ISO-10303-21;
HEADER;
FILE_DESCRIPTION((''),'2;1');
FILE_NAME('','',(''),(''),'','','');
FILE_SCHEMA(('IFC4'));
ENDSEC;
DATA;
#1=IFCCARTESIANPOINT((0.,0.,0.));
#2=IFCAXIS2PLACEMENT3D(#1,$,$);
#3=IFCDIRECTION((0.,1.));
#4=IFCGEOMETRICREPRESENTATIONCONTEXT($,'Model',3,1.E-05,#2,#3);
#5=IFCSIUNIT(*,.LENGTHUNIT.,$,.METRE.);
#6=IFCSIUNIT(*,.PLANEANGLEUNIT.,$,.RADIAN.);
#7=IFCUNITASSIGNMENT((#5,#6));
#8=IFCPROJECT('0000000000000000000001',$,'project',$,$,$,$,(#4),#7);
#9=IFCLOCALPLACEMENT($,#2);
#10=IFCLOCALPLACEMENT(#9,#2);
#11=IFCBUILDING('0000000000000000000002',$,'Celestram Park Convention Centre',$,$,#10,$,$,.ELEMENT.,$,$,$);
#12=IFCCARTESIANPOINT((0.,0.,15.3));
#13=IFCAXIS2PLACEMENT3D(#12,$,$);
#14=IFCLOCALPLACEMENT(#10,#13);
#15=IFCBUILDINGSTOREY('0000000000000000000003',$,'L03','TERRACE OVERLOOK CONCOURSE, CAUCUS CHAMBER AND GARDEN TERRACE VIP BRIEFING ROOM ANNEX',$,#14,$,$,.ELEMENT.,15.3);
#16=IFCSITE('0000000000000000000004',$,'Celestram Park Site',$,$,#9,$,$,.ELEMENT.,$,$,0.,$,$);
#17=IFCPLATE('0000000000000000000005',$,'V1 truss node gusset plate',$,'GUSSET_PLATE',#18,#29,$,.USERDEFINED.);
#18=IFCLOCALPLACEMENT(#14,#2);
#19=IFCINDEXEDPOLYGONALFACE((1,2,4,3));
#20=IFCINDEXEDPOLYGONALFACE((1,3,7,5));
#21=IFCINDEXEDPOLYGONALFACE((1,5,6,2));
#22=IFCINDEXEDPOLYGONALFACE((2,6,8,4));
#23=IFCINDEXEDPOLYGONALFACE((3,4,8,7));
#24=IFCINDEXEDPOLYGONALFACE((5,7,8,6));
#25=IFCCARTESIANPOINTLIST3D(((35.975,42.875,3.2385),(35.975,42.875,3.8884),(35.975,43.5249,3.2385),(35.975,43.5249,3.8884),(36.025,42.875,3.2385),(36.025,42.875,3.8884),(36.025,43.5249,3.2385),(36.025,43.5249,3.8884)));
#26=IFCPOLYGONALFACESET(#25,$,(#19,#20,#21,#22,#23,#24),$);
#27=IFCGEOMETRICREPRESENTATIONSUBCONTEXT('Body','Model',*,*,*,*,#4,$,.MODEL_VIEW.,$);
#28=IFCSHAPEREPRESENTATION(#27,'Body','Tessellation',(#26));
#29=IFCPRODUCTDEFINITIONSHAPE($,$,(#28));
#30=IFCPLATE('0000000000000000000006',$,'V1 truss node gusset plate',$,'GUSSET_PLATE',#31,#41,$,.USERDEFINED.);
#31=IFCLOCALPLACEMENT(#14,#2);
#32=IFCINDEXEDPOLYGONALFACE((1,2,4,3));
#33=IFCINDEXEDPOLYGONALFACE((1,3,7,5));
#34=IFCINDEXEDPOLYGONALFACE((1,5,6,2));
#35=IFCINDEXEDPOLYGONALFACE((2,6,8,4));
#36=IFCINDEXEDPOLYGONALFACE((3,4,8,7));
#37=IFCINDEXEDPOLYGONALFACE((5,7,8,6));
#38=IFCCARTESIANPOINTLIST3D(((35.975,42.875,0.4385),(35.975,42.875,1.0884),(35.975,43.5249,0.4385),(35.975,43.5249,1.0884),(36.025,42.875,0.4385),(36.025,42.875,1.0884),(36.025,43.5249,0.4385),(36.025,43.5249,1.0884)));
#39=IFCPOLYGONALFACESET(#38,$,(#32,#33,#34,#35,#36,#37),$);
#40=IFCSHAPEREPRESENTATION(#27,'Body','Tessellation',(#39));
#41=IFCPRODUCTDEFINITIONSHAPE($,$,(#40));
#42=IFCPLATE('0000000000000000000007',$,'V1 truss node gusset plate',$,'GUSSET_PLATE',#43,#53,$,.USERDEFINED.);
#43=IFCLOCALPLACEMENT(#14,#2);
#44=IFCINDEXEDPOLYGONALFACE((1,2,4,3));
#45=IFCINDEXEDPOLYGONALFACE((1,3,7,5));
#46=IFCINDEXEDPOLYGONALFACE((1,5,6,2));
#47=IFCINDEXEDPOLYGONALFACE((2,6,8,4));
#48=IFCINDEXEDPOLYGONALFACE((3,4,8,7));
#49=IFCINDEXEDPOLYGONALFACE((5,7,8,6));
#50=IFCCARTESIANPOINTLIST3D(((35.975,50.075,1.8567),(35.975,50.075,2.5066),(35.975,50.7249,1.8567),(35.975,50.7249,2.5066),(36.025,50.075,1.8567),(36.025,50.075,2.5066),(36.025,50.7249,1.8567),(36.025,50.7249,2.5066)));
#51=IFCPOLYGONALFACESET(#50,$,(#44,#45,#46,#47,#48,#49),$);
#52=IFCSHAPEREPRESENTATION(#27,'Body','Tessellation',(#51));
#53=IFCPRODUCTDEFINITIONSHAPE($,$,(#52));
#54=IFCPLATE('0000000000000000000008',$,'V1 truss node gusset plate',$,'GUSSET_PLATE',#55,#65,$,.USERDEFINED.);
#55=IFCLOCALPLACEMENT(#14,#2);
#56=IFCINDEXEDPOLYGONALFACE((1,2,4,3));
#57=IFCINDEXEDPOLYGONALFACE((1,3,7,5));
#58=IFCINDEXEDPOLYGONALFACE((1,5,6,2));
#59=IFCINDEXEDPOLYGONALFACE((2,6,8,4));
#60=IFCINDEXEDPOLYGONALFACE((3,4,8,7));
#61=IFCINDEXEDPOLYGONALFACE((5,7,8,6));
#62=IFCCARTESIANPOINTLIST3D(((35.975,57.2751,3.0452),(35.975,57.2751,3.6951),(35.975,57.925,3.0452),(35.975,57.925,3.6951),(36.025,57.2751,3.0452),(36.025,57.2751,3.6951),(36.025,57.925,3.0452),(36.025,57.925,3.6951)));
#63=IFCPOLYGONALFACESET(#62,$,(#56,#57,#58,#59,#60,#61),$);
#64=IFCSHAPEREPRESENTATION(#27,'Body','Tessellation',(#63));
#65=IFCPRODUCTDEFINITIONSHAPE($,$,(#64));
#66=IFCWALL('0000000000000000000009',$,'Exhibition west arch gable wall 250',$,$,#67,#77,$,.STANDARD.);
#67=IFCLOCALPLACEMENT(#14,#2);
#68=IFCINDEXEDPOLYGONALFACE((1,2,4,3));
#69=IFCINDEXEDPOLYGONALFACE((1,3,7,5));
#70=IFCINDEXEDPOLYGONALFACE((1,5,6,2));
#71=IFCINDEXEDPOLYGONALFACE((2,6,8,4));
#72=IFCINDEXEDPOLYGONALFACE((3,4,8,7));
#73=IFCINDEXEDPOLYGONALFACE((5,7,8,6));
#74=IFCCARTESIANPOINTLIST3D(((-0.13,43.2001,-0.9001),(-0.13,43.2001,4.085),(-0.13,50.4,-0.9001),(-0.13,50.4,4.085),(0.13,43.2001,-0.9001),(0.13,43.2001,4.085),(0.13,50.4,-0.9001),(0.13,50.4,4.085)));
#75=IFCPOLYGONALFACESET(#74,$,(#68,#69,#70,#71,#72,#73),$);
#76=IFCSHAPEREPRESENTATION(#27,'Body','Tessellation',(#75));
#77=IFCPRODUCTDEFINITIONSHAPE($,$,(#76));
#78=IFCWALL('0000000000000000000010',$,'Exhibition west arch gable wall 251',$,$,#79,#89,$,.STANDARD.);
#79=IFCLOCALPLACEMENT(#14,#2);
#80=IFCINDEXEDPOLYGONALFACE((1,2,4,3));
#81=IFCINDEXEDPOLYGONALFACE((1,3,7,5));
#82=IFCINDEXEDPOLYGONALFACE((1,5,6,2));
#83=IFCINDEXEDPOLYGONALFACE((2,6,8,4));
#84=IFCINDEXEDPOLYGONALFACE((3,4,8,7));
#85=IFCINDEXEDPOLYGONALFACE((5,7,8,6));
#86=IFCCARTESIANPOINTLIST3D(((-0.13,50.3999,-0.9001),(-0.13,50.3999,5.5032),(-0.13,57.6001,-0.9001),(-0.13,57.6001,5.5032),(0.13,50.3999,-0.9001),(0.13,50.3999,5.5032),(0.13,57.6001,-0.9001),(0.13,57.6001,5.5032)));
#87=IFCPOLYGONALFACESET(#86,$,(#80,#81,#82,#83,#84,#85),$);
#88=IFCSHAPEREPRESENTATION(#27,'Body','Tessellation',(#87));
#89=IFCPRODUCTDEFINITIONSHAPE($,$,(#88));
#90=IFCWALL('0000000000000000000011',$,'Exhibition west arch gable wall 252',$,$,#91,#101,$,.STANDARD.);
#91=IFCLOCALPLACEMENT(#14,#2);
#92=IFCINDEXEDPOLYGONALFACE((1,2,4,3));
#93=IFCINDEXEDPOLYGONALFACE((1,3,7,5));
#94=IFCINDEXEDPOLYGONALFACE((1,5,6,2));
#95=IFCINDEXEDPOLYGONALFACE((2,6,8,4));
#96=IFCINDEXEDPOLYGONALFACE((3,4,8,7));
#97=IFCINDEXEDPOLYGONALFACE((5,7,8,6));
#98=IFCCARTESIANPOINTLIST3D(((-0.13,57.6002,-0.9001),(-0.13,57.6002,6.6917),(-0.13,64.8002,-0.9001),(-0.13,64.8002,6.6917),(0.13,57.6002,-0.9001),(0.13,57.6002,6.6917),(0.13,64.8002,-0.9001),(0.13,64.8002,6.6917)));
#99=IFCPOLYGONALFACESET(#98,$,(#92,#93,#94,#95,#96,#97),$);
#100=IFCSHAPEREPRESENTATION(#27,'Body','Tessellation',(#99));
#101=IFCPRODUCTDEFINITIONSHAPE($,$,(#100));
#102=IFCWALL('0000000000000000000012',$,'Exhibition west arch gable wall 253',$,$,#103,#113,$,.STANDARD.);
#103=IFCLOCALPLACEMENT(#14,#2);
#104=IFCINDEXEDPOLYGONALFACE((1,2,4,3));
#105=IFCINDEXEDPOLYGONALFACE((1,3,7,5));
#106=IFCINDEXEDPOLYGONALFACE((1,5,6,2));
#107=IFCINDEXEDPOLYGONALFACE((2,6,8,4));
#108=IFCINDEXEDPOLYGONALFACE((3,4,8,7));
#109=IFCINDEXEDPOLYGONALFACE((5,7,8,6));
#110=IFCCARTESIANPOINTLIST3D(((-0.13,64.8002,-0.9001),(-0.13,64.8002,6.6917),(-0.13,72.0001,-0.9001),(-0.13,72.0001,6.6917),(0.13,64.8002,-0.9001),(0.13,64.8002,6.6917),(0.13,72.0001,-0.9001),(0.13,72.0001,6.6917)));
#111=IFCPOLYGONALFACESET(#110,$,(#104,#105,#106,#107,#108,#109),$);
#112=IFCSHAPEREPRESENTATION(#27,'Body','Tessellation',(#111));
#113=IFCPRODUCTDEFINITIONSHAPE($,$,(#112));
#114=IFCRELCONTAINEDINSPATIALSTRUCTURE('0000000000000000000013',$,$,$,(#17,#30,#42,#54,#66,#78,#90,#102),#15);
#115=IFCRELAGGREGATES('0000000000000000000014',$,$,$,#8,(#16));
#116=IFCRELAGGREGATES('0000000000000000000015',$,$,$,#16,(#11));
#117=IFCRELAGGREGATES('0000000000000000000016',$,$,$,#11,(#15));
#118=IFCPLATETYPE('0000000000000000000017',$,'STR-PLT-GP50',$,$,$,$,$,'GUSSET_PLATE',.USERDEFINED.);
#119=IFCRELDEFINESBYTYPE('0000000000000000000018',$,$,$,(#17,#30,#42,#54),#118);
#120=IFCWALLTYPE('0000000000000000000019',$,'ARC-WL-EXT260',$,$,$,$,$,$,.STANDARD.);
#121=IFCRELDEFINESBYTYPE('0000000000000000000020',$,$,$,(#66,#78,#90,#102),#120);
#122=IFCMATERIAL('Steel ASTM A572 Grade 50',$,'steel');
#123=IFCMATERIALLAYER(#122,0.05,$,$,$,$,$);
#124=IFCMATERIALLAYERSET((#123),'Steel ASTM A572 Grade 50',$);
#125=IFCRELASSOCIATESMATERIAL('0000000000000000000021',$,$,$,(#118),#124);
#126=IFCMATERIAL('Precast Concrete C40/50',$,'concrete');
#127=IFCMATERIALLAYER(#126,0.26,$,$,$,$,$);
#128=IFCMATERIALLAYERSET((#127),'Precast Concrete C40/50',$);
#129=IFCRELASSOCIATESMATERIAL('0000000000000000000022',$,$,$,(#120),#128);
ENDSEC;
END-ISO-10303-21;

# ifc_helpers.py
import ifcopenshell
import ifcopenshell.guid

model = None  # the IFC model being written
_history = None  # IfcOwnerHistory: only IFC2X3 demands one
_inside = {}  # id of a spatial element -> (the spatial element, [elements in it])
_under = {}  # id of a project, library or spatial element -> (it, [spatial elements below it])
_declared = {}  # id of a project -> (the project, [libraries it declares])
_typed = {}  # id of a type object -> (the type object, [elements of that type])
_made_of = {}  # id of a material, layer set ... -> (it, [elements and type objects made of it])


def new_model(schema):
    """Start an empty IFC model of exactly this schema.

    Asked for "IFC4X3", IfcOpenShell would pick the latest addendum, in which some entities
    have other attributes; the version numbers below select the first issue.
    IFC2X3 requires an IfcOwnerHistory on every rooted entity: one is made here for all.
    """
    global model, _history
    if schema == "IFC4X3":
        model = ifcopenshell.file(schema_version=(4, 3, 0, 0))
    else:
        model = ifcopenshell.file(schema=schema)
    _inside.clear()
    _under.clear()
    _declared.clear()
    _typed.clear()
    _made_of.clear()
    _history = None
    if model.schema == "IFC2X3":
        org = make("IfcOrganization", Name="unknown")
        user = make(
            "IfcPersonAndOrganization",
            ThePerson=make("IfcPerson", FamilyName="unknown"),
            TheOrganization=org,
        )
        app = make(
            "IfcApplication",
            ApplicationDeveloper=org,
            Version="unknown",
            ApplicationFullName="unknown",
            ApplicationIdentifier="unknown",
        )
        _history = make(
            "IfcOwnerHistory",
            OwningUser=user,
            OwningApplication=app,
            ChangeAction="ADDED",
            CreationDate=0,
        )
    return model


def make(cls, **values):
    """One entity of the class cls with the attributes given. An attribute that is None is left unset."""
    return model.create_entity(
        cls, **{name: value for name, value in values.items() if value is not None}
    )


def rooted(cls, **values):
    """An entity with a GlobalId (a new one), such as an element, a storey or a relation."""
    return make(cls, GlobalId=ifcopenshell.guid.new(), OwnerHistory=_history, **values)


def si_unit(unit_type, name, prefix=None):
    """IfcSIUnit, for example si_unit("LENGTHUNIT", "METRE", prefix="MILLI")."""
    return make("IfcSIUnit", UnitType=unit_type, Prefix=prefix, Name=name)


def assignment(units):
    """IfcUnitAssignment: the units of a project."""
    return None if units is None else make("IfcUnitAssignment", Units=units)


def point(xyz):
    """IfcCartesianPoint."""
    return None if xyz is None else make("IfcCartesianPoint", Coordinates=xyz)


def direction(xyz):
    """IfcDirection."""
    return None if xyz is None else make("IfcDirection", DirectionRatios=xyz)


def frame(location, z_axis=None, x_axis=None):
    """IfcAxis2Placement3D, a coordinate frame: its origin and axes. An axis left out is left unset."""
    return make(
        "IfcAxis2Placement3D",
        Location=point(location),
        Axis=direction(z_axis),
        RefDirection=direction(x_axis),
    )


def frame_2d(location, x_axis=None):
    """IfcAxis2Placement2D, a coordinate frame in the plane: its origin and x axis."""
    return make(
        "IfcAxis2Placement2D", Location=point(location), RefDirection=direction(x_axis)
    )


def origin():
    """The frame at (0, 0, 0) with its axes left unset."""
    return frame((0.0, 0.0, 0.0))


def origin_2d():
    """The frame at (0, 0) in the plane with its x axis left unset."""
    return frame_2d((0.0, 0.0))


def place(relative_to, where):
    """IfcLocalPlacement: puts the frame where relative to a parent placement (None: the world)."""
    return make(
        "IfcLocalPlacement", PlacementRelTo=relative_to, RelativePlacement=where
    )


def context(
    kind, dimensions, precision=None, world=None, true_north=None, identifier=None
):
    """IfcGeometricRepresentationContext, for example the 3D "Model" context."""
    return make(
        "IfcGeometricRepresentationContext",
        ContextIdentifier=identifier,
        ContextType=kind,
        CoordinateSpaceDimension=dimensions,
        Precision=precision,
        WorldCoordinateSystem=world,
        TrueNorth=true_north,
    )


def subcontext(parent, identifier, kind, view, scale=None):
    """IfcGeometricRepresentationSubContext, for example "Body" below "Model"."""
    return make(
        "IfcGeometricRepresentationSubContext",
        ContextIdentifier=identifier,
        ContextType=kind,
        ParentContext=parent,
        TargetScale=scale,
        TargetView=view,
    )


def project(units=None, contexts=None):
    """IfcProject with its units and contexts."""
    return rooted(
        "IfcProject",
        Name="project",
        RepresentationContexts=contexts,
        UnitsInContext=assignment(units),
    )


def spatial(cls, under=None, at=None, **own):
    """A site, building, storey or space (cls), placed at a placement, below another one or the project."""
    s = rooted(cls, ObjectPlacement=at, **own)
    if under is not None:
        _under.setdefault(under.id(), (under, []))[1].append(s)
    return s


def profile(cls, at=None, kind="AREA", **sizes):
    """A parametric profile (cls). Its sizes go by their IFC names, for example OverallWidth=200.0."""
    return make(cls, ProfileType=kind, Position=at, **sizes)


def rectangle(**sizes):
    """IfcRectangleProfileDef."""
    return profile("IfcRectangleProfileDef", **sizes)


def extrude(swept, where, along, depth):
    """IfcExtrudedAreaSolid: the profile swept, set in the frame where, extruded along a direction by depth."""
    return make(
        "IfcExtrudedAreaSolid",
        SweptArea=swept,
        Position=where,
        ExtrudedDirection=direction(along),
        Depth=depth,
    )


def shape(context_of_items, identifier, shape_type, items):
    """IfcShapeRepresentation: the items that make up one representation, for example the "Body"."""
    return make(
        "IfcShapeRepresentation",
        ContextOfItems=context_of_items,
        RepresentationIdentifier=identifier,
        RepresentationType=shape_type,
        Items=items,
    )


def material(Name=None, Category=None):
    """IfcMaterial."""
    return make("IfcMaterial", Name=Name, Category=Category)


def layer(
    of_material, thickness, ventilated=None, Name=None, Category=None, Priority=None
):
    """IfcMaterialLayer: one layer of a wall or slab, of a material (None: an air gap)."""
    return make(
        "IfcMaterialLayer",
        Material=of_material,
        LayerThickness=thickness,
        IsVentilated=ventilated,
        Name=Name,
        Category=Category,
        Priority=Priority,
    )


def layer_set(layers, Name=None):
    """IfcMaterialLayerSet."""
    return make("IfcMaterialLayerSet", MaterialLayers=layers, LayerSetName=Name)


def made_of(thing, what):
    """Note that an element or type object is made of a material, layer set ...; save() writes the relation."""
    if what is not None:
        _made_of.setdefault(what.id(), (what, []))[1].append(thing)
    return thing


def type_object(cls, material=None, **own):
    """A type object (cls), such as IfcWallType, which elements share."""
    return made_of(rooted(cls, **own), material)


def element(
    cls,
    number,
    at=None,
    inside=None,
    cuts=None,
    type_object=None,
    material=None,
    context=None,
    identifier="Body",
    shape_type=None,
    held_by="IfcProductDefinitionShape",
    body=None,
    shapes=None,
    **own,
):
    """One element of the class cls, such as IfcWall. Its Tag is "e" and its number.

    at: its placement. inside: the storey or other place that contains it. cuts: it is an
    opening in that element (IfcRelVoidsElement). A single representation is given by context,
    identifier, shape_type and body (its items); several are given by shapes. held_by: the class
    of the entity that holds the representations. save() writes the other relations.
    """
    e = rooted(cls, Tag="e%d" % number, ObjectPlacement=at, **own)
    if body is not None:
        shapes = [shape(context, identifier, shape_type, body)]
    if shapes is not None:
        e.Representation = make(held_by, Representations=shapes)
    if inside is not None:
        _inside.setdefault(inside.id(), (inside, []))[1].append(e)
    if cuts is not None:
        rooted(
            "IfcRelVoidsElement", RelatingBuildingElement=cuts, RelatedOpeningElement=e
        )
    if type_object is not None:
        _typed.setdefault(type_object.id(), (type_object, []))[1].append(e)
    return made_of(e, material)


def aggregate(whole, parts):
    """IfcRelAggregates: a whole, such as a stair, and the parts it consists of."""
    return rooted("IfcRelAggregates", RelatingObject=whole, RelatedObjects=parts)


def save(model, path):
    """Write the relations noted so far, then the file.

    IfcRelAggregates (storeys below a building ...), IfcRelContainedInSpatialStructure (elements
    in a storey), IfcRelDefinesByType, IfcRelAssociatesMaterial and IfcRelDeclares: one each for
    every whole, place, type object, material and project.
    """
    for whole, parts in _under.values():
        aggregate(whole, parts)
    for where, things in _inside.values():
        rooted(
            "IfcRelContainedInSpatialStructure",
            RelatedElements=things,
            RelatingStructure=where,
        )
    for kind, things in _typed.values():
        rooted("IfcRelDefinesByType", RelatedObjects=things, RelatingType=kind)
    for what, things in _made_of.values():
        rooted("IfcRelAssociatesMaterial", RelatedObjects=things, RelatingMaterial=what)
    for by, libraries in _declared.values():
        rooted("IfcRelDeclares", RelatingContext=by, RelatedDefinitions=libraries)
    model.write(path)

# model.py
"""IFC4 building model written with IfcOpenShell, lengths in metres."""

from ifc_helpers import new_model, si_unit, direction, frame, frame_2d, origin, origin_2d, place, context, subcontext, project, spatial, rectangle, extrude, material, layer, layer_set, type_object, element, save


model = new_model("IFC4")

# Units and contexts
model_context = context("Model", 3, precision=1e-05, world=origin(), true_north=direction((0.0, 1.0)))
body_context = subcontext(model_context, "Body", "Model", "MODEL_VIEW")
ifc_project = project(units=[si_unit("LENGTHUNIT", "METRE"), si_unit("PLANEANGLEUNIT", "RADIAN")], contexts=[model_context])

# Site, building, storey
site_placement = place(None, origin())
site = spatial("IfcSite", under=ifc_project, at=site_placement, Name="Celestram Park Site", CompositionType="ELEMENT", RefElevation=0.0)
building_placement = place(site_placement, origin())
building = spatial("IfcBuilding", under=site, at=building_placement, Name="Celestram Park Convention Centre", CompositionType="ELEMENT")
storey_placement = place(building_placement, frame((0.0, 0.0, 15.3)))
storey = spatial("IfcBuildingStorey", under=building, at=storey_placement, Name="L03", Description="TERRACE OVERLOOK CONCOURSE, CAUCUS CHAMBER AND GARDEN TERRACE VIP BRIEFING ROOM ANNEX", CompositionType="ELEMENT", Elevation=15.3)

# Plates
ifc_material_1 = material(Name="Steel ASTM A572 Grade 50", Category="steel")
ifc_layer_1 = layer(ifc_material_1, 0.05)
ifc_layer_set_1 = layer_set([ifc_layer_1], Name="Steel ASTM A572 Grade 50")
plate_type = type_object("IfcPlateType", Name="STR-PLT-GP50", ElementType="GUSSET_PLATE", PredefinedType="USERDEFINED", material=ifc_layer_set_1)
for number, where, z_axis, x_axis, name in (
    (1, (36.0, 43.2, 3.2385), (0.0, 0.0, 1.0), (0.0, 1.0, 0.0), "V1 truss node gusset plate"),
    (2, (36.0, 43.2, 0.4385), (0.0, 0.0, 1.0), (0.0, 1.0, 0.0), "V1 truss node gusset plate"),
    (3, (36.0, 50.3999, 1.8567), (0.0, 0.0, 1.0), (0.0, 1.0, 0.0), "V1 truss node gusset plate"),
    (4, (36.0, 57.6001, 3.0452), (0.0, 0.0, 1.0), (0.0, 1.0, 0.0), "V1 truss node gusset plate"),
):
    element("IfcPlate", number, at=place(storey_placement, frame(where, z_axis=z_axis, x_axis=x_axis)), inside=storey, type_object=plate_type, Name=name, ObjectType="GUSSET_PLATE", PredefinedType="USERDEFINED", context=body_context, shape_type="SweptSolid", body=[
        extrude(rectangle(XDim=0.6499, YDim=0.05, at=origin_2d()), origin(), (0.0, 0.0, 1.0), 0.6499),
    ])

# Walls
ifc_material_2 = material(Name="Precast Concrete C40/50", Category="concrete")
ifc_layer_2 = layer(ifc_material_2, 0.26)
ifc_layer_set_2 = layer_set([ifc_layer_2], Name="Precast Concrete C40/50")
wall_type = type_object("IfcWallType", Name="ARC-WL-EXT260", PredefinedType="STANDARD", material=ifc_layer_set_2)
wall_1_placement = place(storey_placement, frame((0.0, 43.2, -0.9001), z_axis=(0.0, 0.0, 1.0), x_axis=(0.0, 1.0, 0.0)))
element("IfcWall", 5, at=wall_1_placement, inside=storey, type_object=wall_type, Name="Exhibition west arch gable wall 250", PredefinedType="STANDARD", context=body_context, shape_type="SweptSolid", body=[
    extrude(rectangle(XDim=7.2, YDim=0.26, at=frame_2d((3.6001, 0.0))), origin(), (0.0, 0.0, 1.0), 4.9851),
])
wall_2_placement = place(storey_placement, frame((0.0, 50.3999, -0.9001), z_axis=(0.0, 0.0, 1.0), x_axis=(0.0, 1.0, 0.0)))
element("IfcWall", 6, at=wall_2_placement, inside=storey, type_object=wall_type, Name="Exhibition west arch gable wall 251", PredefinedType="STANDARD", context=body_context, shape_type="SweptSolid", body=[
    extrude(rectangle(XDim=7.2002, YDim=0.26, at=frame_2d((3.6001, 0.0))), origin(), (0.0, 0.0, 1.0), 6.4033),
])
for number, where, z_axis, x_axis, name in (
    (7, (0.0, 57.6001, -0.9001), (0.0, 0.0, 1.0), (0.0, 1.0, 0.0), "Exhibition west arch gable wall 252"),
    (8, (0.0, 64.8, -0.9001), (0.0, 0.0, 1.0), (0.0, 1.0, 0.0), "Exhibition west arch gable wall 253"),
):
    element("IfcWall", number, at=place(storey_placement, frame(where, z_axis=z_axis, x_axis=x_axis)), inside=storey, type_object=wall_type, Name=name, PredefinedType="STANDARD", context=body_context, shape_type="SweptSolid", body=[
        extrude(rectangle(XDim=7.2, YDim=0.26, at=frame_2d((3.6001, 0.0))), origin(), (0.0, 0.0, 1.0), 7.5918),
    ])

save(model, "model.ifc")
